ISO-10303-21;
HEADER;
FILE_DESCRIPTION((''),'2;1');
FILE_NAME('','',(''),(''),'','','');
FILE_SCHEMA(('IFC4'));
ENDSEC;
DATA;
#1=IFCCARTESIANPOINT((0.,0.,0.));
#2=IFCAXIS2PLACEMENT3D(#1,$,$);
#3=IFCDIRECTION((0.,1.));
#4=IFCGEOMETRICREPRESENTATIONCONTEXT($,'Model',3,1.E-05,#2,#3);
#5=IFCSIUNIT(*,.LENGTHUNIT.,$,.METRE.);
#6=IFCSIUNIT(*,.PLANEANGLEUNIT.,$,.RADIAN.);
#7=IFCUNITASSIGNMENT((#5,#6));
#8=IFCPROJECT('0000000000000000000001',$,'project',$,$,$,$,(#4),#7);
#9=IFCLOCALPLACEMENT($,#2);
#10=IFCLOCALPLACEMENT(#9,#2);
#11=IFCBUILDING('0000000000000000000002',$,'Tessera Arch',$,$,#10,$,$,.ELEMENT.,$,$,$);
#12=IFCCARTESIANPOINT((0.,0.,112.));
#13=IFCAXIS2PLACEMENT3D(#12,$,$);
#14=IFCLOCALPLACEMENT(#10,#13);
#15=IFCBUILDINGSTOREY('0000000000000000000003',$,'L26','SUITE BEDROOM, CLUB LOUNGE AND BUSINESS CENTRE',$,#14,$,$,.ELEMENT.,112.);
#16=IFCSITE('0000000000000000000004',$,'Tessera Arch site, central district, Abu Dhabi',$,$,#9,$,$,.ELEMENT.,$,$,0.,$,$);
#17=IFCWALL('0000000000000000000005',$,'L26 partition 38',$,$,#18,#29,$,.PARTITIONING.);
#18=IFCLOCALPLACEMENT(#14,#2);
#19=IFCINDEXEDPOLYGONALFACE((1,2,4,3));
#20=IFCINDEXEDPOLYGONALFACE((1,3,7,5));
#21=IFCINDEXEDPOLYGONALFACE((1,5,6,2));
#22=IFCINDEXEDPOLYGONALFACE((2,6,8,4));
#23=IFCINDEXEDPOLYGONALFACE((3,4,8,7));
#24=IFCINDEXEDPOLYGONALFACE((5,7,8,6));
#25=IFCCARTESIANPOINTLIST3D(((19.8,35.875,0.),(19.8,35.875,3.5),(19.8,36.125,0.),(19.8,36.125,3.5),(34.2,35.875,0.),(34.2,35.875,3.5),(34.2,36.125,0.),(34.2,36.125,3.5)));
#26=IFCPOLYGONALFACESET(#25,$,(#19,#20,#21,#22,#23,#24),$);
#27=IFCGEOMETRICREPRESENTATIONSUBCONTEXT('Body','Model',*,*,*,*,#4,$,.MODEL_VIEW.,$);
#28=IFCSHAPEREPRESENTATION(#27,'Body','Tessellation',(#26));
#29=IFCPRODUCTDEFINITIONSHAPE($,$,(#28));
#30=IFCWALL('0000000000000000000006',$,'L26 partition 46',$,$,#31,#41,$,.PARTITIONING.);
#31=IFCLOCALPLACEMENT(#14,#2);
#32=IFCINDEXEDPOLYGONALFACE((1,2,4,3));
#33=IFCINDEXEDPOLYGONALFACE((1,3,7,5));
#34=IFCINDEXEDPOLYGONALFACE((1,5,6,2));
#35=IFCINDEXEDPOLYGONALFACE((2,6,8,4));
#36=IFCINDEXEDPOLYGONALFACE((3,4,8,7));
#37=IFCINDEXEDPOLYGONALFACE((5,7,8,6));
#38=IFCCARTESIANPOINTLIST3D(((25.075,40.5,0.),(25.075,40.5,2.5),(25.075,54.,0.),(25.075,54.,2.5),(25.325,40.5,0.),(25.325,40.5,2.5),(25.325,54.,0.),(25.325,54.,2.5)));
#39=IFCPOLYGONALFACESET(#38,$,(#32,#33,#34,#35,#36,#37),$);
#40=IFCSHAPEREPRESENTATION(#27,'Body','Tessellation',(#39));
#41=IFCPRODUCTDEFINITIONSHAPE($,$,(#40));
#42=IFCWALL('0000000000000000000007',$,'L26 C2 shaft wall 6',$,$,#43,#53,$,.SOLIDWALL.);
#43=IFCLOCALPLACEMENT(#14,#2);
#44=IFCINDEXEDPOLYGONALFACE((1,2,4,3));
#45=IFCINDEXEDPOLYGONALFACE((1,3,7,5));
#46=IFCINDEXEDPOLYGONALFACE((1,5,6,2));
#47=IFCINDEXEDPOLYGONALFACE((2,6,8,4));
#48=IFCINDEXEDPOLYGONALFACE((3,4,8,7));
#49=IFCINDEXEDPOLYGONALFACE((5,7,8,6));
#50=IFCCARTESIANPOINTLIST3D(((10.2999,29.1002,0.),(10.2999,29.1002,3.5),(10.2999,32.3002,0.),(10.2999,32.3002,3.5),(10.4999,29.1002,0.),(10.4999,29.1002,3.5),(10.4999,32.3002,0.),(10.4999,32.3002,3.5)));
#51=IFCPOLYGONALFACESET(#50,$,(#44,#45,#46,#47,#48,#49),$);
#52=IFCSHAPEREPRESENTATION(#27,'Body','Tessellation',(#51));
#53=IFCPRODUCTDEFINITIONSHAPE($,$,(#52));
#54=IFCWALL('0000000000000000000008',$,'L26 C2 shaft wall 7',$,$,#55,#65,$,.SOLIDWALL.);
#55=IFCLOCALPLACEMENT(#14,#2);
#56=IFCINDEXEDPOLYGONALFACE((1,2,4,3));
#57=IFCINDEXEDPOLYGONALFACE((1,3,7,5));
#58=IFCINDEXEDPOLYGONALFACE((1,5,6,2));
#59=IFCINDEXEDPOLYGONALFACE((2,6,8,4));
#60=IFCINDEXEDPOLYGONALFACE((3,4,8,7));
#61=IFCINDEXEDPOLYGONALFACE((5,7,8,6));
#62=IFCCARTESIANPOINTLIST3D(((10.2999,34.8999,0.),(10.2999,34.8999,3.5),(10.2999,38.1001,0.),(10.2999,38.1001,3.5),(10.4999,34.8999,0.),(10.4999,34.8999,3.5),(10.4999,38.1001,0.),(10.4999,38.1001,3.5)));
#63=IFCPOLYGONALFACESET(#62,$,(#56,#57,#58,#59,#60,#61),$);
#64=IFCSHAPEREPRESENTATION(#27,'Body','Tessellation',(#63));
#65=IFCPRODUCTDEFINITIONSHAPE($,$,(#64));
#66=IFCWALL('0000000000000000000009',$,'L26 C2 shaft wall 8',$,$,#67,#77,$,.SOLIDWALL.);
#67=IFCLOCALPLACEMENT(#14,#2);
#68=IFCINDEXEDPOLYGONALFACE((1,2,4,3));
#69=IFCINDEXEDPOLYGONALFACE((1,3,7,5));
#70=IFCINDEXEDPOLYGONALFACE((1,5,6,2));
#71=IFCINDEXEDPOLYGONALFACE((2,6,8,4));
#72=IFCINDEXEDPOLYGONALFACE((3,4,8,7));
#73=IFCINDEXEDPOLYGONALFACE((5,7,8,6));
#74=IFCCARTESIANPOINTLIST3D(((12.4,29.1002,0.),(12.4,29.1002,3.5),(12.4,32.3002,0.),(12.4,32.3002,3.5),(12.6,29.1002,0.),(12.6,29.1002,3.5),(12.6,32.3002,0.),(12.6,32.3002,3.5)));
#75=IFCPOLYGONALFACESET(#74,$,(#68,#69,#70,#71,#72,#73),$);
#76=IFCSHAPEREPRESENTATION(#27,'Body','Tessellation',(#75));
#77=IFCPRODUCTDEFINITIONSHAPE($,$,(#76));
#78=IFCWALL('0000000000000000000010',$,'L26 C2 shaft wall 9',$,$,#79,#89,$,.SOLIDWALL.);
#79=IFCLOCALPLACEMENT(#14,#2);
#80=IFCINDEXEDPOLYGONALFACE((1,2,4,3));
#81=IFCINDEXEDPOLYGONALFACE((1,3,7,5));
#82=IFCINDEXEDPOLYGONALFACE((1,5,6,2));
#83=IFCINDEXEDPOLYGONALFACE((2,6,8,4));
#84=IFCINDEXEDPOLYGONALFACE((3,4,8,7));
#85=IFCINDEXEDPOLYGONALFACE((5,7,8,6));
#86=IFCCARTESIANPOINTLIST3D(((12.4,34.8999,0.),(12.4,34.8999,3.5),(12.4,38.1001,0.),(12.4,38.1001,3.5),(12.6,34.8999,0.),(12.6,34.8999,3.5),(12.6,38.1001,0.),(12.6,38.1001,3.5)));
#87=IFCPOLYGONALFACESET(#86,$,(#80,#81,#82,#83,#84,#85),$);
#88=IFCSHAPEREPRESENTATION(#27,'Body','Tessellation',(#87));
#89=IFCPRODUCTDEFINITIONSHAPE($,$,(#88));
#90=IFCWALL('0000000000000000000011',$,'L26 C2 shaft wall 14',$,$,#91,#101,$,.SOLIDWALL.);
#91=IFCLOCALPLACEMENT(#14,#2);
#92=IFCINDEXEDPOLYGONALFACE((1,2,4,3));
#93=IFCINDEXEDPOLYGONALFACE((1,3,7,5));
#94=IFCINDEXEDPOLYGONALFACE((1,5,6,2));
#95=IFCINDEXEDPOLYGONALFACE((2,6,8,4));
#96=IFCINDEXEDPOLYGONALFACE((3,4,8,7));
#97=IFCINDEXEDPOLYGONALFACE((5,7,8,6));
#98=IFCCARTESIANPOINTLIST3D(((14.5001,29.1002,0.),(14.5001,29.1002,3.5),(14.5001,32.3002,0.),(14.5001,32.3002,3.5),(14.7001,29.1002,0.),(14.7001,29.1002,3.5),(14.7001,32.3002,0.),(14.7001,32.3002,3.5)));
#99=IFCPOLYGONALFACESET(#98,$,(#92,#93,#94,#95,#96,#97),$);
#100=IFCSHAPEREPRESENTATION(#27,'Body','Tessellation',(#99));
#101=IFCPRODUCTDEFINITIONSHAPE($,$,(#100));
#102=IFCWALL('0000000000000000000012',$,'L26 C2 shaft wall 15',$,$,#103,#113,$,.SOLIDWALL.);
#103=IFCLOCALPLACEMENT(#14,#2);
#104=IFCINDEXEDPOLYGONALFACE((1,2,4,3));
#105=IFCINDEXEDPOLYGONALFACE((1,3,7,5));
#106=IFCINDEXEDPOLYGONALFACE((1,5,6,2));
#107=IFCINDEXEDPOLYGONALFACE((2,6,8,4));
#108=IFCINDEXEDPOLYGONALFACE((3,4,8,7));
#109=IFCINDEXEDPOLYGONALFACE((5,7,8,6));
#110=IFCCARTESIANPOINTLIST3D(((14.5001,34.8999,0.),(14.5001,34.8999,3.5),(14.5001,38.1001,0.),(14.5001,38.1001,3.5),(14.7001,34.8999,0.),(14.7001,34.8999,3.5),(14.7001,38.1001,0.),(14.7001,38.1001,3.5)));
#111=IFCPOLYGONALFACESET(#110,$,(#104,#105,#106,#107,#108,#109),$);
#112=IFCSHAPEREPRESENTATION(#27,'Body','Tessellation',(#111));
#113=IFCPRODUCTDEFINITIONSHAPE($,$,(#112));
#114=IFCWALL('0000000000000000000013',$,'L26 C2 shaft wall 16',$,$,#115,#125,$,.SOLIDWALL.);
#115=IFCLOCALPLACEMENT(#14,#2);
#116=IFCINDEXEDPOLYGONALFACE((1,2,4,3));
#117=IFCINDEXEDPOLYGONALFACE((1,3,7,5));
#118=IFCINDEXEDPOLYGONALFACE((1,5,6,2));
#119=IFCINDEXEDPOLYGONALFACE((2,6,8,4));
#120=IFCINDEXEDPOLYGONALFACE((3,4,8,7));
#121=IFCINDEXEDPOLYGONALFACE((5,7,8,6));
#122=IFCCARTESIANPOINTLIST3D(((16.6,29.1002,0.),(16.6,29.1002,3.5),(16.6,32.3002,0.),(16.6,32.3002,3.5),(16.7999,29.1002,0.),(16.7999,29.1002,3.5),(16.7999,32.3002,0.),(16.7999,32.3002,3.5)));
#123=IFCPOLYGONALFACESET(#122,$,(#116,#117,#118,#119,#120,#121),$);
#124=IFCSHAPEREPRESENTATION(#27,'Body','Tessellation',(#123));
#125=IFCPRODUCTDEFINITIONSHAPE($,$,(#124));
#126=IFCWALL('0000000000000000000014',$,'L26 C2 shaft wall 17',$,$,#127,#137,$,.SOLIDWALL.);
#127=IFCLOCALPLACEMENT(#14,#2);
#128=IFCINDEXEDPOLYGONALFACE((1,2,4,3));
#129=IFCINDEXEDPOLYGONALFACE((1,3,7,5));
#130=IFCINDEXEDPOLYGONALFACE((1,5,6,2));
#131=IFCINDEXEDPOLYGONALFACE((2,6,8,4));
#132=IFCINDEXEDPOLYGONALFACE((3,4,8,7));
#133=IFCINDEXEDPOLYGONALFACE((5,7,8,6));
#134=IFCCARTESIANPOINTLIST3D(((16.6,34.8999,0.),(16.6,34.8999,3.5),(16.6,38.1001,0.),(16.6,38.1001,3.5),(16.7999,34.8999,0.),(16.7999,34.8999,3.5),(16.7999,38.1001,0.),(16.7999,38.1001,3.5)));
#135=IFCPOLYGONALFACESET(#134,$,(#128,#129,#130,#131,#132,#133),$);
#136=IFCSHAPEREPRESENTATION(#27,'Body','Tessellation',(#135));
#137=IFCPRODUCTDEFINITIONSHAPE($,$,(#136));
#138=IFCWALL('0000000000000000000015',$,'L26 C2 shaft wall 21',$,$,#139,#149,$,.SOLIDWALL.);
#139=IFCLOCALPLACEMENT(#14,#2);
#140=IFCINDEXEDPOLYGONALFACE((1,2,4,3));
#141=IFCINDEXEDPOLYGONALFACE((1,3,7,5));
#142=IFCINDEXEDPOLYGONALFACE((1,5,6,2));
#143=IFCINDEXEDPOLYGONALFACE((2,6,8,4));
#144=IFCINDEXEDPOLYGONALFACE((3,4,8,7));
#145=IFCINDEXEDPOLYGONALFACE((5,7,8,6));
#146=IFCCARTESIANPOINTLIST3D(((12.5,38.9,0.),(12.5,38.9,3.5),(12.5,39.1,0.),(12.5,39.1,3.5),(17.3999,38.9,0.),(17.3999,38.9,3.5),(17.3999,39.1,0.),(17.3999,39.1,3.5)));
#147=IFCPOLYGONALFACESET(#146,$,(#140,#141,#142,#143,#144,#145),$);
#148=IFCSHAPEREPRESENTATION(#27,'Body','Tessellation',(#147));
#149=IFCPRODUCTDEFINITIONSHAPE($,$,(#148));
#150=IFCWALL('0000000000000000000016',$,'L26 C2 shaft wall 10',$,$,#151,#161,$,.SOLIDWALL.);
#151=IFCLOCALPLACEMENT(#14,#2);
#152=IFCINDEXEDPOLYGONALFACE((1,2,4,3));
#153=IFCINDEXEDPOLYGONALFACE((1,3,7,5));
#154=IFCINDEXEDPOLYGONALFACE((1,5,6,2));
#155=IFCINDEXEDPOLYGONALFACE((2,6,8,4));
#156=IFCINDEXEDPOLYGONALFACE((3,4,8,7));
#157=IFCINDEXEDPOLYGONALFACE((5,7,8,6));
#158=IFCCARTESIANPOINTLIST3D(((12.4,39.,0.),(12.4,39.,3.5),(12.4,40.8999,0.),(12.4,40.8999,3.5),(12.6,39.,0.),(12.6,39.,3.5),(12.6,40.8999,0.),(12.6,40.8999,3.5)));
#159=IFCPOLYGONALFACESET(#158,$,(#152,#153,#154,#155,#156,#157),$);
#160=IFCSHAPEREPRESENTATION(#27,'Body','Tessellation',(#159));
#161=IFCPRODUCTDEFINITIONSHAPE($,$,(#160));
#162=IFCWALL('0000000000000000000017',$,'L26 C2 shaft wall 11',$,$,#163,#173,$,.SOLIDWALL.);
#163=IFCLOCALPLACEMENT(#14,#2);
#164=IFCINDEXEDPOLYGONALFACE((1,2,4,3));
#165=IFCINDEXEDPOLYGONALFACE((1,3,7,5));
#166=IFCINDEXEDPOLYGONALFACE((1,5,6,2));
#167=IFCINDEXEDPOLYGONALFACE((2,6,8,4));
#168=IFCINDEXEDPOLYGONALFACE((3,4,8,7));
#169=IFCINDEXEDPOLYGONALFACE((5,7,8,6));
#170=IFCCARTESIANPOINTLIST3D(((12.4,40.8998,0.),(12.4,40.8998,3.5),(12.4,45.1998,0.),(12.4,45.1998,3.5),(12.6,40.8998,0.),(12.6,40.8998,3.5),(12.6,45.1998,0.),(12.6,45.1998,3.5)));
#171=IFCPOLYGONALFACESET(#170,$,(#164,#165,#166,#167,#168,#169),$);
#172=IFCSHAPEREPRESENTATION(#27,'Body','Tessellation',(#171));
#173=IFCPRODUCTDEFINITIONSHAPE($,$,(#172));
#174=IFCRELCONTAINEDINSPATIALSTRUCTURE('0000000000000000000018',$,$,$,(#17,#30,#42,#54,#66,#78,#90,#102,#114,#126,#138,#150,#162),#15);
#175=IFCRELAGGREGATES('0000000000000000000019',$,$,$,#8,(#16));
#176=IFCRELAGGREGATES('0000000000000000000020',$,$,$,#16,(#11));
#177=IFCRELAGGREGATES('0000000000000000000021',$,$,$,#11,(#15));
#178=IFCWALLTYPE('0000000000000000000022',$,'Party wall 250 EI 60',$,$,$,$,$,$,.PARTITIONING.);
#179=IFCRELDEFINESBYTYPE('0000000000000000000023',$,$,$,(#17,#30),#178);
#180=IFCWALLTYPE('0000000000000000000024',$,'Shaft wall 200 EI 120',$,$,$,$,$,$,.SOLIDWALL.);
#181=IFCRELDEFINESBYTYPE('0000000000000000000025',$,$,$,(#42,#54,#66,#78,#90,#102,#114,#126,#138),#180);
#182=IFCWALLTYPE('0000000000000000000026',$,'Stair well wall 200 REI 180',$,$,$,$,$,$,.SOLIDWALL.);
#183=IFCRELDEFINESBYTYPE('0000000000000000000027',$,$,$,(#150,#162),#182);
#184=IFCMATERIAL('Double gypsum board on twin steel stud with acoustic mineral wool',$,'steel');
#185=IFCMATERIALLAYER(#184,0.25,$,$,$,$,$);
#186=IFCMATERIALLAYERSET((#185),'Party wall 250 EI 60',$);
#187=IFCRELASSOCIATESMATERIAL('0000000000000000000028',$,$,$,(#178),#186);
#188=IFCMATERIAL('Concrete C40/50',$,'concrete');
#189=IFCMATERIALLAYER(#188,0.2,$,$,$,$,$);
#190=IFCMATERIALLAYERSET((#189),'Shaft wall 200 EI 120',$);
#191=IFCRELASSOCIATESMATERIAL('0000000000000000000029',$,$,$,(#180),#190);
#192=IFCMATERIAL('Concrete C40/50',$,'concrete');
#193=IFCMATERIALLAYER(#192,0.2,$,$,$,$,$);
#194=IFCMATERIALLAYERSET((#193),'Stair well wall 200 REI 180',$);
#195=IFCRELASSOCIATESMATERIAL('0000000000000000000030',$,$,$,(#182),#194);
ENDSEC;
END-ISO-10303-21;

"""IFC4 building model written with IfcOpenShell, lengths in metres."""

from ifc_helpers import new_model, si_unit, direction, frame, frame_2d, origin, place, context, subcontext, project, spatial, rectangle, extrude, material, layer, layer_set, type_object, element, save


model = new_model("IFC4")

# Units and contexts
model_context = context("Model", 3, precision=1e-05, world=origin(), true_north=direction((0.0, 1.0)))
body_context = subcontext(model_context, "Body", "Model", "MODEL_VIEW")
ifc_project = project(units=[si_unit("LENGTHUNIT", "METRE"), si_unit("PLANEANGLEUNIT", "RADIAN")], contexts=[model_context])

# Site, building, storey
site_placement = place(None, origin())
site = spatial("IfcSite", under=ifc_project, at=site_placement, Name="Tessera Arch site, central district, Abu Dhabi", CompositionType="ELEMENT", RefElevation=0.0)
building_placement = place(site_placement, origin())
building = spatial("IfcBuilding", under=site, at=building_placement, Name="Tessera Arch", CompositionType="ELEMENT")
storey_placement = place(building_placement, frame((0.0, 0.0, 112.0)))
storey = spatial("IfcBuildingStorey", under=building, at=storey_placement, Name="L26", Description="SUITE BEDROOM, CLUB LOUNGE AND BUSINESS CENTRE", CompositionType="ELEMENT", Elevation=112.0)

# Walls
ifc_material_1 = material(Name="Double gypsum board on twin steel stud with acoustic mineral wool", Category="steel")
ifc_layer_1 = layer(ifc_material_1, 0.25)
ifc_layer_set_1 = layer_set([ifc_layer_1], Name="Party wall 250 EI 60")
wall_type_1 = type_object("IfcWallType", Name="Party wall 250 EI 60", PredefinedType="PARTITIONING", material=ifc_layer_set_1)
wall_1_placement = place(storey_placement, frame((19.8, 36.0, 0.0), z_axis=(0.0, 0.0, 1.0), x_axis=(1.0, 0.0, 0.0)))
element("IfcWall", 1, at=wall_1_placement, inside=storey, type_object=wall_type_1, Name="L26 partition 38", PredefinedType="PARTITIONING", context=body_context, shape_type="SweptSolid", body=[
    extrude(rectangle(XDim=14.3999, YDim=0.25, at=frame_2d((7.2, 0.0))), origin(), (0.0, 0.0, 1.0), 3.5),
])
wall_2_placement = place(storey_placement, frame((25.2, 40.5, 0.0), z_axis=(0.0, 0.0, 1.0), x_axis=(0.0, 1.0, 0.0)))
element("IfcWall", 2, at=wall_2_placement, inside=storey, type_object=wall_type_1, Name="L26 partition 46", PredefinedType="PARTITIONING", context=body_context, shape_type="SweptSolid", body=[
    extrude(rectangle(XDim=13.5, YDim=0.25, at=frame_2d((6.75, 0.0))), origin(), (0.0, 0.0, 1.0), 2.5),
])
ifc_material_2 = material(Name="Concrete C40/50", Category="concrete")
ifc_layer_2 = layer(ifc_material_2, 0.2)
ifc_layer_set_2 = layer_set([ifc_layer_2], Name="Shaft wall 200 EI 120")
wall_type_2 = type_object("IfcWallType", Name="Shaft wall 200 EI 120", PredefinedType="SOLIDWALL", material=ifc_layer_set_2)
wall_3_placement = place(storey_placement, frame((10.3999, 29.1001, 0.0), z_axis=(0.0, 0.0, 1.0), x_axis=(0.0, 1.0, 0.0)))
element("IfcWall", 3, at=wall_3_placement, inside=storey, type_object=wall_type_2, Name="L26 C2 shaft wall 6", PredefinedType="SOLIDWALL", context=body_context, shape_type="SweptSolid", body=[
    extrude(rectangle(XDim=3.2, YDim=0.2, at=frame_2d((1.6001, 0.0))), origin(), (0.0, 0.0, 1.0), 3.5),
])
wall_4_placement = place(storey_placement, frame((10.3999, 34.8999, 0.0), z_axis=(0.0, 0.0, 1.0), x_axis=(0.0, 1.0, 0.0)))
element("IfcWall", 4, at=wall_4_placement, inside=storey, type_object=wall_type_2, Name="L26 C2 shaft wall 7", PredefinedType="SOLIDWALL", context=body_context, shape_type="SweptSolid", body=[
    extrude(rectangle(XDim=3.2002, YDim=0.2, at=frame_2d((1.6001, 0.0))), origin(), (0.0, 0.0, 1.0), 3.5),
])
wall_5_placement = place(storey_placement, frame((12.5, 29.1001, 0.0), z_axis=(0.0, 0.0, 1.0), x_axis=(0.0, 1.0, 0.0)))
element("IfcWall", 5, at=wall_5_placement, inside=storey, type_object=wall_type_2, Name="L26 C2 shaft wall 8", PredefinedType="SOLIDWALL", context=body_context, shape_type="SweptSolid", body=[
    extrude(rectangle(XDim=3.2, YDim=0.2, at=frame_2d((1.6001, 0.0))), origin(), (0.0, 0.0, 1.0), 3.5),
])
wall_6_placement = place(storey_placement, frame((12.5, 34.8999, 0.0), z_axis=(0.0, 0.0, 1.0), x_axis=(0.0, 1.0, 0.0)))
element("IfcWall", 6, at=wall_6_placement, inside=storey, type_object=wall_type_2, Name="L26 C2 shaft wall 9", PredefinedType="SOLIDWALL", context=body_context, shape_type="SweptSolid", body=[
    extrude(rectangle(XDim=3.2002, YDim=0.2, at=frame_2d((1.6001, 0.0))), origin(), (0.0, 0.0, 1.0), 3.5),
])
wall_7_placement = place(storey_placement, frame((14.6001, 29.1001, 0.0), z_axis=(0.0, 0.0, 1.0), x_axis=(0.0, 1.0, 0.0)))
element("IfcWall", 7, at=wall_7_placement, inside=storey, type_object=wall_type_2, Name="L26 C2 shaft wall 14", PredefinedType="SOLIDWALL", context=body_context, shape_type="SweptSolid", body=[
    extrude(rectangle(XDim=3.2, YDim=0.2, at=frame_2d((1.6001, 0.0))), origin(), (0.0, 0.0, 1.0), 3.5),
])
wall_8_placement = place(storey_placement, frame((14.6001, 34.8999, 0.0), z_axis=(0.0, 0.0, 1.0), x_axis=(0.0, 1.0, 0.0)))
element("IfcWall", 8, at=wall_8_placement, inside=storey, type_object=wall_type_2, Name="L26 C2 shaft wall 15", PredefinedType="SOLIDWALL", context=body_context, shape_type="SweptSolid", body=[
    extrude(rectangle(XDim=3.2002, YDim=0.2, at=frame_2d((1.6001, 0.0))), origin(), (0.0, 0.0, 1.0), 3.5),
])
wall_9_placement = place(storey_placement, frame((16.7, 29.1001, 0.0), z_axis=(0.0, 0.0, 1.0), x_axis=(0.0, 1.0, 0.0)))
element("IfcWall", 9, at=wall_9_placement, inside=storey, type_object=wall_type_2, Name="L26 C2 shaft wall 16", PredefinedType="SOLIDWALL", context=body_context, shape_type="SweptSolid", body=[
    extrude(rectangle(XDim=3.2, YDim=0.2, at=frame_2d((1.6001, 0.0))), origin(), (0.0, 0.0, 1.0), 3.5),
])
wall_10_placement = place(storey_placement, frame((16.7, 34.8999, 0.0), z_axis=(0.0, 0.0, 1.0), x_axis=(0.0, 1.0, 0.0)))
element("IfcWall", 10, at=wall_10_placement, inside=storey, type_object=wall_type_2, Name="L26 C2 shaft wall 17", PredefinedType="SOLIDWALL", context=body_context, shape_type="SweptSolid", body=[
    extrude(rectangle(XDim=3.2002, YDim=0.2, at=frame_2d((1.6001, 0.0))), origin(), (0.0, 0.0, 1.0), 3.5),
])
wall_11_placement = place(storey_placement, frame((12.5, 39.0, 0.0), z_axis=(0.0, 0.0, 1.0), x_axis=(1.0, 0.0, 0.0)))
element("IfcWall", 11, at=wall_11_placement, inside=storey, type_object=wall_type_2, Name="L26 C2 shaft wall 21", PredefinedType="SOLIDWALL", context=body_context, shape_type="SweptSolid", body=[
    extrude(rectangle(XDim=4.8999, YDim=0.2, at=frame_2d((2.45, 0.0))), origin(), (0.0, 0.0, 1.0), 3.5),
])
ifc_material_3 = material(Name="Concrete C40/50", Category="concrete")
ifc_layer_3 = layer(ifc_material_3, 0.2)
ifc_layer_set_3 = layer_set([ifc_layer_3], Name="Stair well wall 200 REI 180")
wall_type_3 = type_object("IfcWallType", Name="Stair well wall 200 REI 180", PredefinedType="SOLIDWALL", material=ifc_layer_set_3)
wall_12_placement = place(storey_placement, frame((12.5, 39.0, 0.0), z_axis=(0.0, 0.0, 1.0), x_axis=(0.0, 1.0, 0.0)))
element("IfcWall", 12, at=wall_12_placement, inside=storey, type_object=wall_type_3, Name="L26 C2 shaft wall 10", PredefinedType="SOLIDWALL", context=body_context, shape_type="SweptSolid", body=[
    extrude(rectangle(XDim=1.8999, YDim=0.2, at=frame_2d((0.95, 0.0))), origin(), (0.0, 0.0, 1.0), 3.5),
])
wall_13_placement = place(storey_placement, frame((12.5, 40.8999, 0.0), z_axis=(0.0, 0.0, 1.0), x_axis=(0.0, 1.0, 0.0)))
element("IfcWall", 13, at=wall_13_placement, inside=storey, type_object=wall_type_3, Name="L26 C2 shaft wall 11", PredefinedType="SOLIDWALL", context=body_context, shape_type="SweptSolid", body=[
    extrude(rectangle(XDim=4.3, YDim=0.2, at=frame_2d((2.1499, 0.0))), origin(), (0.0, 0.0, 1.0), 3.5),
])

save(model, "model.ifc")
